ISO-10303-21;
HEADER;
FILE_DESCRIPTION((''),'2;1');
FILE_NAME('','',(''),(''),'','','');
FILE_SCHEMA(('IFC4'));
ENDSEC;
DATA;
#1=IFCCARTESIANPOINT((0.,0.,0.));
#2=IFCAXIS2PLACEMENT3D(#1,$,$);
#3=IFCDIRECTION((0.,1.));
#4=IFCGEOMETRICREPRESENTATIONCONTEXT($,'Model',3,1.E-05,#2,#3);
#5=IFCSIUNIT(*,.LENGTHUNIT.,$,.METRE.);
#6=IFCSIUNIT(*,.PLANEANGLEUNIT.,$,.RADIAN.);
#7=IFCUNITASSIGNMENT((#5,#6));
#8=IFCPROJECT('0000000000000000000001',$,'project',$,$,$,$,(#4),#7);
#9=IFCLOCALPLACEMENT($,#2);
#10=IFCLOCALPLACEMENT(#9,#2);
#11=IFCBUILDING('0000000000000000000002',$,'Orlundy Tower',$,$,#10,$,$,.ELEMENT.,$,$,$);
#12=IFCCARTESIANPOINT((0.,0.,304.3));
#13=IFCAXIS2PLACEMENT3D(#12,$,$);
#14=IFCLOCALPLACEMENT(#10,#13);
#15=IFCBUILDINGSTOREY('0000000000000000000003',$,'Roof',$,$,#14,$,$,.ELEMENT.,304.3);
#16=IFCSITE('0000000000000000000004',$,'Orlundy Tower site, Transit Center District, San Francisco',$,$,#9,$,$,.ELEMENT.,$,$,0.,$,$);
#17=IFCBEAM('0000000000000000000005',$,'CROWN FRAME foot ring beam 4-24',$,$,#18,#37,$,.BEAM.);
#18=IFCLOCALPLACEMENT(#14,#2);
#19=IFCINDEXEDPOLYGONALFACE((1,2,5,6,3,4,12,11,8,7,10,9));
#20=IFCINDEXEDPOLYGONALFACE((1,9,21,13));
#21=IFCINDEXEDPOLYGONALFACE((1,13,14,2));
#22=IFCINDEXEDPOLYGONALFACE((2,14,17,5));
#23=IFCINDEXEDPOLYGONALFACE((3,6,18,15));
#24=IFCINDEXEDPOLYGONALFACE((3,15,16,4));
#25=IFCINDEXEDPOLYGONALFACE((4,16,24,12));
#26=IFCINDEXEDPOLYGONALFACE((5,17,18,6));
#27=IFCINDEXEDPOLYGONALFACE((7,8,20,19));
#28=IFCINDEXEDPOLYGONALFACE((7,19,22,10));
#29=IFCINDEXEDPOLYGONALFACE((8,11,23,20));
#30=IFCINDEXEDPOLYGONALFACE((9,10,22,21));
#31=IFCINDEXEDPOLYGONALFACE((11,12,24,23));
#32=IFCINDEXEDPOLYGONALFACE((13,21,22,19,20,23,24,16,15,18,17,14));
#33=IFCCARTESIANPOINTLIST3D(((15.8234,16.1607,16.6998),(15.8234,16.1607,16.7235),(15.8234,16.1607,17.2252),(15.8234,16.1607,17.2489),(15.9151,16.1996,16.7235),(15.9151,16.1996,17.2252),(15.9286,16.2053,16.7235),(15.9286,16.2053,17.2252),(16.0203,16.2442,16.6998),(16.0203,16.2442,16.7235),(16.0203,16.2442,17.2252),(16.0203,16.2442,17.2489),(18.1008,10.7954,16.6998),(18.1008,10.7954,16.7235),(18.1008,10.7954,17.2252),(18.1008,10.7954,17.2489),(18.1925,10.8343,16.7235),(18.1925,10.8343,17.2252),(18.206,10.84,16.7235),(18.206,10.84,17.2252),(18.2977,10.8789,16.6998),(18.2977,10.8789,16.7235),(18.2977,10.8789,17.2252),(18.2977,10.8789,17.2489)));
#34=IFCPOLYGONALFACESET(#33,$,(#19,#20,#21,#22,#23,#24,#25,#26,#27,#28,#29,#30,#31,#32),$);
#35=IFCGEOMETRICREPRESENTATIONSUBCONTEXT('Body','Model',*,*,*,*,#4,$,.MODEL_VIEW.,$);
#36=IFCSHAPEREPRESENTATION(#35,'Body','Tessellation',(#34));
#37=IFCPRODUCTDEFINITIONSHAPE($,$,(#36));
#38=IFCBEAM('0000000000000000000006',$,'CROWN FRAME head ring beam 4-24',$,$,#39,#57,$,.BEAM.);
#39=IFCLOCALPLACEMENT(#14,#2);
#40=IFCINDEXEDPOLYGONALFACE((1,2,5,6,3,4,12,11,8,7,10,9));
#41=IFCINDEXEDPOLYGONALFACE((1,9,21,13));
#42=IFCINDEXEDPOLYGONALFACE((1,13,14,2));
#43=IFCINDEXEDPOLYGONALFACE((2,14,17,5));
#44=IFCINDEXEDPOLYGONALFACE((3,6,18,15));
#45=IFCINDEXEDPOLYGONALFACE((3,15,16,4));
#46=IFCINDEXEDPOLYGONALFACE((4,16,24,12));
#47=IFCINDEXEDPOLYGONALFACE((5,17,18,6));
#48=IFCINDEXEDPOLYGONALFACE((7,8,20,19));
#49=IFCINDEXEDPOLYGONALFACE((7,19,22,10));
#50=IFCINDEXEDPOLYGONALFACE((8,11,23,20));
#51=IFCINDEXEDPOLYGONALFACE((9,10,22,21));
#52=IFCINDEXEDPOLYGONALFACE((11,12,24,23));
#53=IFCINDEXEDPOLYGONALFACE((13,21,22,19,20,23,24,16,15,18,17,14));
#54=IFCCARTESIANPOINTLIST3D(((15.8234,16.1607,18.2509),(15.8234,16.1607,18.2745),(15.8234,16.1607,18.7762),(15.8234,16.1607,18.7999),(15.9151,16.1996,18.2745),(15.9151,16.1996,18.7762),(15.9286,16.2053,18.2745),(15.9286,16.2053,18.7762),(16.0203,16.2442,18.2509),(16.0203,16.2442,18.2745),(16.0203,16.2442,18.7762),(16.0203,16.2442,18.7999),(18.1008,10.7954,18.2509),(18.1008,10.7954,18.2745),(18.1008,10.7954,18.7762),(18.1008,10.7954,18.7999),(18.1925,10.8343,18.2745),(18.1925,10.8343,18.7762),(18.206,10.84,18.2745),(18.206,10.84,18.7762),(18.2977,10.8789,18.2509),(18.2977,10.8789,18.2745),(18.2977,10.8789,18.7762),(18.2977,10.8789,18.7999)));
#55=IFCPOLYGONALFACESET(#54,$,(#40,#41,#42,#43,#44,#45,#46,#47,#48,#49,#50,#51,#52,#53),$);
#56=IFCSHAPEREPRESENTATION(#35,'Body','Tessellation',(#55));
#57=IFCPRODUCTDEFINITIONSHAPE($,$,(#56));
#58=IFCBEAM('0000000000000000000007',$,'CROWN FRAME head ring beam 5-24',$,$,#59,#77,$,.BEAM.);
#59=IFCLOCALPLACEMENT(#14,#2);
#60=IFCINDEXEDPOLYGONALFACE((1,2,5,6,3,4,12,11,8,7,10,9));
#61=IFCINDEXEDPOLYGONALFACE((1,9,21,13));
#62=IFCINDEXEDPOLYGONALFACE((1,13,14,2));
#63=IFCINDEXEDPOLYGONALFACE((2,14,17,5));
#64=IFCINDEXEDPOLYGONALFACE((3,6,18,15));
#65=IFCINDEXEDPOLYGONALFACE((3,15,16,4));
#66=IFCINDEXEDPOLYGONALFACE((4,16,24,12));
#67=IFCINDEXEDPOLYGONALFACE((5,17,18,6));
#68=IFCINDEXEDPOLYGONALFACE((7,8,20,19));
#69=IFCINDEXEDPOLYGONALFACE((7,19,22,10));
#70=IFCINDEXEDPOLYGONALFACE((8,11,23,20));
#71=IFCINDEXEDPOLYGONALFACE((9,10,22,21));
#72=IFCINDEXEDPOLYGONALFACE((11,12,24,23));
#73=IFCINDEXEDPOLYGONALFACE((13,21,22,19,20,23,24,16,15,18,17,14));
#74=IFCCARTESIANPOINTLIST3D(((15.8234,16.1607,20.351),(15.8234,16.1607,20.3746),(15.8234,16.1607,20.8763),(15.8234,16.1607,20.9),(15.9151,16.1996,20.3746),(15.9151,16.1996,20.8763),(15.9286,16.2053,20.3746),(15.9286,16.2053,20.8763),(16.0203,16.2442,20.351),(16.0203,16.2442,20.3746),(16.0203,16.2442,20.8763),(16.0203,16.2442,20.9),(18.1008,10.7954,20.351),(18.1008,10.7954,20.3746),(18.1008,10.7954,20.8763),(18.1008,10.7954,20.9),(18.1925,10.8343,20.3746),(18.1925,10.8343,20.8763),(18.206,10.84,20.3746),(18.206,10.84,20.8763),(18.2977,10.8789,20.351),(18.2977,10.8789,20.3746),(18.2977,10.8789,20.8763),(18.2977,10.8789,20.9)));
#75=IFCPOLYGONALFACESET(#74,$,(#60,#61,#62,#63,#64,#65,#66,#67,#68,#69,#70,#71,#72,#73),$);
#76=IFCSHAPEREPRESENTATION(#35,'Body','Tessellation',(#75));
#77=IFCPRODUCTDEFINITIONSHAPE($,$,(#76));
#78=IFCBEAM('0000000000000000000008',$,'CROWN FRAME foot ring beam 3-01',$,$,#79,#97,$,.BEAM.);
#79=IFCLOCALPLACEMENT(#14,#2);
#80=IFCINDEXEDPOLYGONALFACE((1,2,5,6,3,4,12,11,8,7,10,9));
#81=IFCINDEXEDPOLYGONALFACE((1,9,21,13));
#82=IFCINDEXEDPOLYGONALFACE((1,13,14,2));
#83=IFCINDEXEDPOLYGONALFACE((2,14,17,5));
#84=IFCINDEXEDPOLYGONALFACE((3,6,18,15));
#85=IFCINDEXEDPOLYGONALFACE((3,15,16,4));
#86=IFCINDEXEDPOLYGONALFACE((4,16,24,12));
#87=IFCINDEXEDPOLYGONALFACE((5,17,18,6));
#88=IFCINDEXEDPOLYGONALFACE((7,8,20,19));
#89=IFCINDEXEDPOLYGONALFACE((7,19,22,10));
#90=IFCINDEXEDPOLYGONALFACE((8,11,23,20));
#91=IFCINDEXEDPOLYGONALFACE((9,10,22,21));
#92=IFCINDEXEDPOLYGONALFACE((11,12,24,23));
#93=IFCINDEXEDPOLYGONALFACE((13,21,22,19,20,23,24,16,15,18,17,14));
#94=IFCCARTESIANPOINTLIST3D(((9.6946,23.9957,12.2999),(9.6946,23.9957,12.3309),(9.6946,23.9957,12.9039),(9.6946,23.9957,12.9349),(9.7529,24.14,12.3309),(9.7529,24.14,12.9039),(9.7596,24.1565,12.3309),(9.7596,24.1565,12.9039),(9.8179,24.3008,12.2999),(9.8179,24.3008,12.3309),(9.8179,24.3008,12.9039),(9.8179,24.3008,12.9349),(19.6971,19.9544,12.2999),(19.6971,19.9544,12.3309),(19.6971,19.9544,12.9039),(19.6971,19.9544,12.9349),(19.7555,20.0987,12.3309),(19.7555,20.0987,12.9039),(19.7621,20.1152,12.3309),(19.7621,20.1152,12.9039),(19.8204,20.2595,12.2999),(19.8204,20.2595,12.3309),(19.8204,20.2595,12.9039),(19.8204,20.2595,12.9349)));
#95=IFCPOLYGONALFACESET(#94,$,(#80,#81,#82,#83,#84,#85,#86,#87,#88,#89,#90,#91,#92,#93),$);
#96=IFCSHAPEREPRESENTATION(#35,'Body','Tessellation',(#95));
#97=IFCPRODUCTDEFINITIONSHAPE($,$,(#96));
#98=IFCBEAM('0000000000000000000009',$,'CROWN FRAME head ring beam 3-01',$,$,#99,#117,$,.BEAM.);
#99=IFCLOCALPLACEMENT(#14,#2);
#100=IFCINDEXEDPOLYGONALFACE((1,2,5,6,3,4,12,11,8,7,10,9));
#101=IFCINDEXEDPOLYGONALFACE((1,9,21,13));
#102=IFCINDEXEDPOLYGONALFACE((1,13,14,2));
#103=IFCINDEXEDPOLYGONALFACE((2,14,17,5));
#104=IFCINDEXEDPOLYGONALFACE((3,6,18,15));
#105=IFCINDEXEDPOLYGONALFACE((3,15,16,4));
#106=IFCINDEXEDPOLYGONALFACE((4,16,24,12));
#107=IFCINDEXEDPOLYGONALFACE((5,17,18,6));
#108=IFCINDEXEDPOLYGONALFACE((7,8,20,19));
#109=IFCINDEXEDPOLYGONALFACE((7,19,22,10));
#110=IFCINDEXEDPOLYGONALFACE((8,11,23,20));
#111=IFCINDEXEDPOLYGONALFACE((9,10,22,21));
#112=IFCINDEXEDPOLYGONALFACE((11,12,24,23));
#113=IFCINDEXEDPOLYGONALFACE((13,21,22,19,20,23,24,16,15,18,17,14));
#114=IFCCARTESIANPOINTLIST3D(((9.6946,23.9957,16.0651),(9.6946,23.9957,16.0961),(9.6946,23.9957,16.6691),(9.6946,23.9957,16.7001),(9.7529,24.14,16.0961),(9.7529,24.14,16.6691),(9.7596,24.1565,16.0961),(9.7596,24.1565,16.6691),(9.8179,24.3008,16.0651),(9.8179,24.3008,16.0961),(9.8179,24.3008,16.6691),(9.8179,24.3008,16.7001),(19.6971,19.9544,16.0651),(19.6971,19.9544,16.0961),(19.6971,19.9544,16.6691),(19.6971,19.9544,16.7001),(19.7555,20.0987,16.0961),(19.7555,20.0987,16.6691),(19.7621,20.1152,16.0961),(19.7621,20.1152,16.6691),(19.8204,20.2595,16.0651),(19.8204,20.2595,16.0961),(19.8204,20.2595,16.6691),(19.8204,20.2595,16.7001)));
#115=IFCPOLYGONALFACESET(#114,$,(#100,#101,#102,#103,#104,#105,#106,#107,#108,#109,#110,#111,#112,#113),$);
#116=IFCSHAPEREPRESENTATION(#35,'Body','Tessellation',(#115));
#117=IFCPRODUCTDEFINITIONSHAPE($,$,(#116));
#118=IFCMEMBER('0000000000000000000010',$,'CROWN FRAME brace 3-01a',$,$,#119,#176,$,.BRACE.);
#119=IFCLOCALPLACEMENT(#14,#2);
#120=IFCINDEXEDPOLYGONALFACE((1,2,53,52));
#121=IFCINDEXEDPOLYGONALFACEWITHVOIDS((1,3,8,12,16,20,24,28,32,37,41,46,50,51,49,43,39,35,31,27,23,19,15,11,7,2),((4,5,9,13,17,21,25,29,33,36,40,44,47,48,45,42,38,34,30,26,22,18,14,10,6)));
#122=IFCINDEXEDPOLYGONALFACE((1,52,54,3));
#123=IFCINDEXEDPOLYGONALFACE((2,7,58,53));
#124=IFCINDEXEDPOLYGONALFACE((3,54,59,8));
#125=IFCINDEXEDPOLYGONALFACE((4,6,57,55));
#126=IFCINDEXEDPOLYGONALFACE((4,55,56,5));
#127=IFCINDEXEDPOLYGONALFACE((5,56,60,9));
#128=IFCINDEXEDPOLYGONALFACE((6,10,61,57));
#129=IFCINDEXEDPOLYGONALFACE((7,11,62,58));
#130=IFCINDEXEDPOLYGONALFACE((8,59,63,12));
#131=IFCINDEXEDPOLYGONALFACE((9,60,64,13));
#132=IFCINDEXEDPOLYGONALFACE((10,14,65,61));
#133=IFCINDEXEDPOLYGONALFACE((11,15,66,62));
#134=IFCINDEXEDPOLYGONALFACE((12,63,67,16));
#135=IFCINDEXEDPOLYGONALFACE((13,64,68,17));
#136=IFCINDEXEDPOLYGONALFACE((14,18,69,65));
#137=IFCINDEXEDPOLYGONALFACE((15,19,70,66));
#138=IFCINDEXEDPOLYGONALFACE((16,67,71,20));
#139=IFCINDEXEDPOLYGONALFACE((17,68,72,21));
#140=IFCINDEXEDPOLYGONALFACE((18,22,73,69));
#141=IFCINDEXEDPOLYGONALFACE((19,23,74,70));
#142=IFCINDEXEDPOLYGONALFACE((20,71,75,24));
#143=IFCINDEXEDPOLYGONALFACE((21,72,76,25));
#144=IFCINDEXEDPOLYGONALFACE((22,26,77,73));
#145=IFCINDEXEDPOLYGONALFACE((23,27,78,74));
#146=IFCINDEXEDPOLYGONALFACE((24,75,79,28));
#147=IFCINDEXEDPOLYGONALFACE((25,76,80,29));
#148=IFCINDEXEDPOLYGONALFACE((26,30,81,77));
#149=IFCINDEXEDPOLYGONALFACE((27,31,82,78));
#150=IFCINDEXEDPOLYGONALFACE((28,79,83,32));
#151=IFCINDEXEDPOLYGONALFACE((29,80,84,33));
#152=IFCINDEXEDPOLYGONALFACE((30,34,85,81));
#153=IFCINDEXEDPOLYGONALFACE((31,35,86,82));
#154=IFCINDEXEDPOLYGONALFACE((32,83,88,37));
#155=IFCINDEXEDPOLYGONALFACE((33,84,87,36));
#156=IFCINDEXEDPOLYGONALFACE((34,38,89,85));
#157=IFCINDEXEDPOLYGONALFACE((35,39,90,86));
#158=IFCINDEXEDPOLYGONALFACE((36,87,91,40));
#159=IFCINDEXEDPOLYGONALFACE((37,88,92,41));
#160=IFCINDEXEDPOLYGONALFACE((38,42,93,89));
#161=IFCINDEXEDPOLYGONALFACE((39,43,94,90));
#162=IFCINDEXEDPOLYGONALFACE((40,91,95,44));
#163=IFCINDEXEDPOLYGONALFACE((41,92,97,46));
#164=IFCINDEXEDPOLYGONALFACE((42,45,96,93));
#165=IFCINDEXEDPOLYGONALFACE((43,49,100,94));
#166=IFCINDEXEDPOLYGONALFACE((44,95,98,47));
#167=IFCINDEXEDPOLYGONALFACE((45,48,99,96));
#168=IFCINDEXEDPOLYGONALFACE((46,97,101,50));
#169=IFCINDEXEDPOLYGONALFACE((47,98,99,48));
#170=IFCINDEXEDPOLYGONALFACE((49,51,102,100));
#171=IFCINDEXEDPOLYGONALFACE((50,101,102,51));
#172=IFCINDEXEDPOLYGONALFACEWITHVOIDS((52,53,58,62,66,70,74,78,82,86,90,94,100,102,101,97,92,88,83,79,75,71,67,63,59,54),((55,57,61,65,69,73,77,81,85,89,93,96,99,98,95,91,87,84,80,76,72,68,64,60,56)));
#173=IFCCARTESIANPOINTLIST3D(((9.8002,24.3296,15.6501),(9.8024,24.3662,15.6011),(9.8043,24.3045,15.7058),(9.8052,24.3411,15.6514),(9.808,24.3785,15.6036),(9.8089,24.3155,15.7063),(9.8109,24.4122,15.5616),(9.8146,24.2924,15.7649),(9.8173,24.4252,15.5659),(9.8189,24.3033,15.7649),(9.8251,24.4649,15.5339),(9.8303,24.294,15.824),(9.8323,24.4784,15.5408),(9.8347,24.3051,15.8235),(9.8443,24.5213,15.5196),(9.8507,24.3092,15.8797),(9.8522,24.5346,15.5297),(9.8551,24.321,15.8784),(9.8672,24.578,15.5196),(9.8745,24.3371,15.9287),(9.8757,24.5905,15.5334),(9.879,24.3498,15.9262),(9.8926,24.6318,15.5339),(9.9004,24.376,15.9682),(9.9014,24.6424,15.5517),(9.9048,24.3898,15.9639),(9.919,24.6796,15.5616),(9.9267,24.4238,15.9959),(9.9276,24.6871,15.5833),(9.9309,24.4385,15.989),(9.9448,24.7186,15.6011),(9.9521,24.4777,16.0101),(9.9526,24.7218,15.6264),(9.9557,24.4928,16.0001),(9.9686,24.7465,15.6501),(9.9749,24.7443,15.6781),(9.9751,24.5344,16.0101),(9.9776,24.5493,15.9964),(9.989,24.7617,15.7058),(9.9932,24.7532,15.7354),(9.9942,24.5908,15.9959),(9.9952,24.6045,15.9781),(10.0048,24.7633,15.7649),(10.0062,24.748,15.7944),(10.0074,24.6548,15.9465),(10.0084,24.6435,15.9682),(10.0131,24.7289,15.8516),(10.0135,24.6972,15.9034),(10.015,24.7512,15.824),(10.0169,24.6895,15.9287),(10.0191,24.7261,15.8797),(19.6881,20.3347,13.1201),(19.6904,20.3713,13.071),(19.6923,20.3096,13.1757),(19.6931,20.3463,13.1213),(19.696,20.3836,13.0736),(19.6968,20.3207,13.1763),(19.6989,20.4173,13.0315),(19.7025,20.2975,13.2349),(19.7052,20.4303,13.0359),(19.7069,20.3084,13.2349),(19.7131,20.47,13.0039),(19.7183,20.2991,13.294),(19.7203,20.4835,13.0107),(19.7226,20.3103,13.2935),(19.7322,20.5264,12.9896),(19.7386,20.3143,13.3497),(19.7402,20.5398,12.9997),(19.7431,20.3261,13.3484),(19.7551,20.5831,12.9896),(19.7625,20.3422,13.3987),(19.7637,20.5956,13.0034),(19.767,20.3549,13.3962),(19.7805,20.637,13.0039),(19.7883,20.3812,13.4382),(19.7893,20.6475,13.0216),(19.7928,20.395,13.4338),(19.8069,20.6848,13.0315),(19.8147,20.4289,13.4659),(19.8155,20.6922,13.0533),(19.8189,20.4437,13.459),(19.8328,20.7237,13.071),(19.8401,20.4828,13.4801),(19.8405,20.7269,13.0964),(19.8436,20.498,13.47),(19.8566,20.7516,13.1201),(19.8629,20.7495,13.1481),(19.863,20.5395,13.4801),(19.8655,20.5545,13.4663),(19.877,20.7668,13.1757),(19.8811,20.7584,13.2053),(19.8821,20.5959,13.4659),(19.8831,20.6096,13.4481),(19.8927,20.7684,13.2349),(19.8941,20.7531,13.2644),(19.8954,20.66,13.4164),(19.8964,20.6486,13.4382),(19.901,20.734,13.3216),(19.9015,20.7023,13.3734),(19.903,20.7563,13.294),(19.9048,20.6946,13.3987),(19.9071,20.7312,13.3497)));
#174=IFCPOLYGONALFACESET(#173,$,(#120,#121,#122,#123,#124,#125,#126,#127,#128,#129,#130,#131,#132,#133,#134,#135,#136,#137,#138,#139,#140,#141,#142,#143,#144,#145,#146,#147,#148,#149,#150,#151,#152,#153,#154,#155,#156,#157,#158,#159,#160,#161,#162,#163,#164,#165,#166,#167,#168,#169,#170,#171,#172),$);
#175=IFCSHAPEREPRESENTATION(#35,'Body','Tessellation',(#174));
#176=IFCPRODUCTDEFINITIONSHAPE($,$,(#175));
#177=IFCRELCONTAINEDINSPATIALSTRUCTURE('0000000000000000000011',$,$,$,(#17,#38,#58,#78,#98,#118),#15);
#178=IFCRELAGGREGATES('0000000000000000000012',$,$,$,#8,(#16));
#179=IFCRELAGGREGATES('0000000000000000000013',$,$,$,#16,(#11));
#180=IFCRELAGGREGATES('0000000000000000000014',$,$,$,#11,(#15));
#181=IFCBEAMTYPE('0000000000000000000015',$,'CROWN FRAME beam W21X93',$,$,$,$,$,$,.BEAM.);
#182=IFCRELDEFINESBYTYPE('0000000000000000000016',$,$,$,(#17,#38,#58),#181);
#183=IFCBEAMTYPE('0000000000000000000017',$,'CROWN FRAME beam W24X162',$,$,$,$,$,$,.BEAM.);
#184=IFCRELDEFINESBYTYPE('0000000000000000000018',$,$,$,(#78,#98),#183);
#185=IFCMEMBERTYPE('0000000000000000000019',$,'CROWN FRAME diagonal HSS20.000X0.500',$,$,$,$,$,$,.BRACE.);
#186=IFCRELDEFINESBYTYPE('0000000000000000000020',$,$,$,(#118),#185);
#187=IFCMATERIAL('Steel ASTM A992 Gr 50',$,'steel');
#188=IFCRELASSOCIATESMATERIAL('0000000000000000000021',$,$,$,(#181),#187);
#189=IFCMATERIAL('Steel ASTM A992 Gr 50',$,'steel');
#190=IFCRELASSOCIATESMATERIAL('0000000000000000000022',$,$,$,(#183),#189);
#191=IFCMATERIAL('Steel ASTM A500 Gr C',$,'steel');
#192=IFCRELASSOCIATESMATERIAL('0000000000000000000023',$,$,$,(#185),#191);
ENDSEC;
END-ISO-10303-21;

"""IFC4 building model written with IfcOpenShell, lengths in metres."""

from ifc_helpers import new_model, si_unit, direction, frame, origin, origin_2d, place, context, subcontext, project, spatial, hollow_circle, i_section, extrude, material, material_profile, profile_set, type_object, element, save


model = new_model("IFC4")

# Units and contexts
model_context = context("Model", 3, precision=1e-05, world=origin(), true_north=direction((0.0, 1.0)))
body_context = subcontext(model_context, "Body", "Model", "MODEL_VIEW")
ifc_project = project(units=[si_unit("LENGTHUNIT", "METRE"), si_unit("PLANEANGLEUNIT", "RADIAN")], contexts=[model_context])

# Site, building, storey
site_placement = place(None, origin())
site = spatial("IfcSite", under=ifc_project, at=site_placement, Name="Orlundy Tower site, Transit Center District, San Francisco", CompositionType="ELEMENT", RefElevation=0.0)
building_placement = place(site_placement, origin())
building = spatial("IfcBuilding", under=site, at=building_placement, Name="Orlundy Tower", CompositionType="ELEMENT")
storey_placement = place(building_placement, frame((0.0, 0.0, 304.3)))
storey = spatial("IfcBuildingStorey", under=building, at=storey_placement, Name="Roof", CompositionType="ELEMENT", Elevation=304.3)

# Beams
ifc_material_1 = material(Name="Steel ASTM A992 Gr 50", Category="steel")
ifc_material_profile_1 = material_profile(ifc_material_1, i_section(OverallWidth=0.2139, OverallDepth=0.5491, WebThickness=0.0146, FlangeThickness=0.0237, at=origin_2d()), Name="W21X93")
ifc_profile_set_1 = profile_set([ifc_material_profile_1], Name="Steel ASTM A992 Gr 50")
beam_type_1 = type_object("IfcBeamType", Name="CROWN FRAME beam W21X93", PredefinedType="BEAM", material=ifc_profile_set_1)
for number, where, z_axis, x_axis, name in (
    (1, (18.1992, 10.8372, 16.9744), (-0.390722, 0.920509, 0.0), (-0.920509, -0.390722, 0.0), "CROWN FRAME foot ring beam 4-24"),
    (2, (18.1992, 10.8372, 18.5254), (-0.390722, 0.920509, 0.0), (-0.920509, -0.390722, 0.0), "CROWN FRAME head ring beam 4-24"),
    (3, (18.1992, 10.8372, 20.6255), (-0.390722, 0.920509, 0.0), (-0.920509, -0.390722, 0.0), "CROWN FRAME head ring beam 5-24"),
):
    element("IfcBeam", number, at=place(storey_placement, frame(where, z_axis=z_axis, x_axis=x_axis)), inside=storey, type_object=beam_type_1, Name=name, PredefinedType="BEAM", context=body_context, shape_type="SweptSolid", body=[
        extrude(i_section(OverallWidth=0.2139, OverallDepth=0.5491, WebThickness=0.0146, FlangeThickness=0.0237, at=origin_2d()), origin(), (0.0, 0.0, 1.0), 5.8286),
    ])
ifc_material_2 = material(Name="Steel ASTM A992 Gr 50", Category="steel")
ifc_material_profile_2 = material_profile(ifc_material_2, i_section(OverallWidth=0.3291, OverallDepth=0.635, WebThickness=0.0178, FlangeThickness=0.031, at=origin_2d()), Name="W24X162")
ifc_profile_set_2 = profile_set([ifc_material_profile_2], Name="Steel ASTM A992 Gr 50")
beam_type_2 = type_object("IfcBeamType", Name="CROWN FRAME beam W24X162", PredefinedType="BEAM", material=ifc_profile_set_2)
for number, where, z_axis, x_axis, name in (
    (4, (19.7588, 20.1069, 12.6174), (-0.927183, 0.374607, 0.0), (-0.374607, -0.927183, 0.0), "CROWN FRAME foot ring beam 3-01"),
    (5, (19.7588, 20.1069, 16.3826), (-0.927183, 0.374607, 0.0), (-0.374607, -0.927183, 0.0), "CROWN FRAME head ring beam 3-01"),
):
    element("IfcBeam", number, at=place(storey_placement, frame(where, z_axis=z_axis, x_axis=x_axis)), inside=storey, type_object=beam_type_2, Name=name, PredefinedType="BEAM", context=body_context, shape_type="SweptSolid", body=[
        extrude(i_section(OverallWidth=0.3291, OverallDepth=0.635, WebThickness=0.0178, FlangeThickness=0.031, at=origin_2d()), origin(), (0.0, 0.0, 1.0), 10.7881),
    ])

# Member
ifc_material_3 = material(Name="Steel ASTM A500 Gr C", Category="steel")
ifc_material_profile_3 = material_profile(ifc_material_3, hollow_circle(Radius=0.2539, WallThickness=0.0117, at=origin_2d()), Name="HSS20.000X0.500")
ifc_profile_set_3 = profile_set([ifc_material_profile_3], Name="Steel ASTM A500 Gr C")
member_type_1 = type_object("IfcMemberType", Name="CROWN FRAME diagonal HSS20.000X0.500", PredefinedType="BRACE", material=ifc_profile_set_3)
member_1_placement = place(storey_placement, frame((19.7976, 20.533, 13.2349), z_axis=(-0.902147, 0.364481, 0.230833), x_axis=(-0.374597, -0.927188, 0.0)))
element("IfcMember", 6, at=member_1_placement, inside=storey, type_object=member_type_1, Name="CROWN FRAME brace 3-01a", PredefinedType="BRACE", context=body_context, shape_type="SweptSolid", body=[
    extrude(hollow_circle(Radius=0.2539, WallThickness=0.0117, at=origin_2d()), origin(), (0.0, 0.0, 1.0), 10.9604),
])

save(model, "model.ifc")
